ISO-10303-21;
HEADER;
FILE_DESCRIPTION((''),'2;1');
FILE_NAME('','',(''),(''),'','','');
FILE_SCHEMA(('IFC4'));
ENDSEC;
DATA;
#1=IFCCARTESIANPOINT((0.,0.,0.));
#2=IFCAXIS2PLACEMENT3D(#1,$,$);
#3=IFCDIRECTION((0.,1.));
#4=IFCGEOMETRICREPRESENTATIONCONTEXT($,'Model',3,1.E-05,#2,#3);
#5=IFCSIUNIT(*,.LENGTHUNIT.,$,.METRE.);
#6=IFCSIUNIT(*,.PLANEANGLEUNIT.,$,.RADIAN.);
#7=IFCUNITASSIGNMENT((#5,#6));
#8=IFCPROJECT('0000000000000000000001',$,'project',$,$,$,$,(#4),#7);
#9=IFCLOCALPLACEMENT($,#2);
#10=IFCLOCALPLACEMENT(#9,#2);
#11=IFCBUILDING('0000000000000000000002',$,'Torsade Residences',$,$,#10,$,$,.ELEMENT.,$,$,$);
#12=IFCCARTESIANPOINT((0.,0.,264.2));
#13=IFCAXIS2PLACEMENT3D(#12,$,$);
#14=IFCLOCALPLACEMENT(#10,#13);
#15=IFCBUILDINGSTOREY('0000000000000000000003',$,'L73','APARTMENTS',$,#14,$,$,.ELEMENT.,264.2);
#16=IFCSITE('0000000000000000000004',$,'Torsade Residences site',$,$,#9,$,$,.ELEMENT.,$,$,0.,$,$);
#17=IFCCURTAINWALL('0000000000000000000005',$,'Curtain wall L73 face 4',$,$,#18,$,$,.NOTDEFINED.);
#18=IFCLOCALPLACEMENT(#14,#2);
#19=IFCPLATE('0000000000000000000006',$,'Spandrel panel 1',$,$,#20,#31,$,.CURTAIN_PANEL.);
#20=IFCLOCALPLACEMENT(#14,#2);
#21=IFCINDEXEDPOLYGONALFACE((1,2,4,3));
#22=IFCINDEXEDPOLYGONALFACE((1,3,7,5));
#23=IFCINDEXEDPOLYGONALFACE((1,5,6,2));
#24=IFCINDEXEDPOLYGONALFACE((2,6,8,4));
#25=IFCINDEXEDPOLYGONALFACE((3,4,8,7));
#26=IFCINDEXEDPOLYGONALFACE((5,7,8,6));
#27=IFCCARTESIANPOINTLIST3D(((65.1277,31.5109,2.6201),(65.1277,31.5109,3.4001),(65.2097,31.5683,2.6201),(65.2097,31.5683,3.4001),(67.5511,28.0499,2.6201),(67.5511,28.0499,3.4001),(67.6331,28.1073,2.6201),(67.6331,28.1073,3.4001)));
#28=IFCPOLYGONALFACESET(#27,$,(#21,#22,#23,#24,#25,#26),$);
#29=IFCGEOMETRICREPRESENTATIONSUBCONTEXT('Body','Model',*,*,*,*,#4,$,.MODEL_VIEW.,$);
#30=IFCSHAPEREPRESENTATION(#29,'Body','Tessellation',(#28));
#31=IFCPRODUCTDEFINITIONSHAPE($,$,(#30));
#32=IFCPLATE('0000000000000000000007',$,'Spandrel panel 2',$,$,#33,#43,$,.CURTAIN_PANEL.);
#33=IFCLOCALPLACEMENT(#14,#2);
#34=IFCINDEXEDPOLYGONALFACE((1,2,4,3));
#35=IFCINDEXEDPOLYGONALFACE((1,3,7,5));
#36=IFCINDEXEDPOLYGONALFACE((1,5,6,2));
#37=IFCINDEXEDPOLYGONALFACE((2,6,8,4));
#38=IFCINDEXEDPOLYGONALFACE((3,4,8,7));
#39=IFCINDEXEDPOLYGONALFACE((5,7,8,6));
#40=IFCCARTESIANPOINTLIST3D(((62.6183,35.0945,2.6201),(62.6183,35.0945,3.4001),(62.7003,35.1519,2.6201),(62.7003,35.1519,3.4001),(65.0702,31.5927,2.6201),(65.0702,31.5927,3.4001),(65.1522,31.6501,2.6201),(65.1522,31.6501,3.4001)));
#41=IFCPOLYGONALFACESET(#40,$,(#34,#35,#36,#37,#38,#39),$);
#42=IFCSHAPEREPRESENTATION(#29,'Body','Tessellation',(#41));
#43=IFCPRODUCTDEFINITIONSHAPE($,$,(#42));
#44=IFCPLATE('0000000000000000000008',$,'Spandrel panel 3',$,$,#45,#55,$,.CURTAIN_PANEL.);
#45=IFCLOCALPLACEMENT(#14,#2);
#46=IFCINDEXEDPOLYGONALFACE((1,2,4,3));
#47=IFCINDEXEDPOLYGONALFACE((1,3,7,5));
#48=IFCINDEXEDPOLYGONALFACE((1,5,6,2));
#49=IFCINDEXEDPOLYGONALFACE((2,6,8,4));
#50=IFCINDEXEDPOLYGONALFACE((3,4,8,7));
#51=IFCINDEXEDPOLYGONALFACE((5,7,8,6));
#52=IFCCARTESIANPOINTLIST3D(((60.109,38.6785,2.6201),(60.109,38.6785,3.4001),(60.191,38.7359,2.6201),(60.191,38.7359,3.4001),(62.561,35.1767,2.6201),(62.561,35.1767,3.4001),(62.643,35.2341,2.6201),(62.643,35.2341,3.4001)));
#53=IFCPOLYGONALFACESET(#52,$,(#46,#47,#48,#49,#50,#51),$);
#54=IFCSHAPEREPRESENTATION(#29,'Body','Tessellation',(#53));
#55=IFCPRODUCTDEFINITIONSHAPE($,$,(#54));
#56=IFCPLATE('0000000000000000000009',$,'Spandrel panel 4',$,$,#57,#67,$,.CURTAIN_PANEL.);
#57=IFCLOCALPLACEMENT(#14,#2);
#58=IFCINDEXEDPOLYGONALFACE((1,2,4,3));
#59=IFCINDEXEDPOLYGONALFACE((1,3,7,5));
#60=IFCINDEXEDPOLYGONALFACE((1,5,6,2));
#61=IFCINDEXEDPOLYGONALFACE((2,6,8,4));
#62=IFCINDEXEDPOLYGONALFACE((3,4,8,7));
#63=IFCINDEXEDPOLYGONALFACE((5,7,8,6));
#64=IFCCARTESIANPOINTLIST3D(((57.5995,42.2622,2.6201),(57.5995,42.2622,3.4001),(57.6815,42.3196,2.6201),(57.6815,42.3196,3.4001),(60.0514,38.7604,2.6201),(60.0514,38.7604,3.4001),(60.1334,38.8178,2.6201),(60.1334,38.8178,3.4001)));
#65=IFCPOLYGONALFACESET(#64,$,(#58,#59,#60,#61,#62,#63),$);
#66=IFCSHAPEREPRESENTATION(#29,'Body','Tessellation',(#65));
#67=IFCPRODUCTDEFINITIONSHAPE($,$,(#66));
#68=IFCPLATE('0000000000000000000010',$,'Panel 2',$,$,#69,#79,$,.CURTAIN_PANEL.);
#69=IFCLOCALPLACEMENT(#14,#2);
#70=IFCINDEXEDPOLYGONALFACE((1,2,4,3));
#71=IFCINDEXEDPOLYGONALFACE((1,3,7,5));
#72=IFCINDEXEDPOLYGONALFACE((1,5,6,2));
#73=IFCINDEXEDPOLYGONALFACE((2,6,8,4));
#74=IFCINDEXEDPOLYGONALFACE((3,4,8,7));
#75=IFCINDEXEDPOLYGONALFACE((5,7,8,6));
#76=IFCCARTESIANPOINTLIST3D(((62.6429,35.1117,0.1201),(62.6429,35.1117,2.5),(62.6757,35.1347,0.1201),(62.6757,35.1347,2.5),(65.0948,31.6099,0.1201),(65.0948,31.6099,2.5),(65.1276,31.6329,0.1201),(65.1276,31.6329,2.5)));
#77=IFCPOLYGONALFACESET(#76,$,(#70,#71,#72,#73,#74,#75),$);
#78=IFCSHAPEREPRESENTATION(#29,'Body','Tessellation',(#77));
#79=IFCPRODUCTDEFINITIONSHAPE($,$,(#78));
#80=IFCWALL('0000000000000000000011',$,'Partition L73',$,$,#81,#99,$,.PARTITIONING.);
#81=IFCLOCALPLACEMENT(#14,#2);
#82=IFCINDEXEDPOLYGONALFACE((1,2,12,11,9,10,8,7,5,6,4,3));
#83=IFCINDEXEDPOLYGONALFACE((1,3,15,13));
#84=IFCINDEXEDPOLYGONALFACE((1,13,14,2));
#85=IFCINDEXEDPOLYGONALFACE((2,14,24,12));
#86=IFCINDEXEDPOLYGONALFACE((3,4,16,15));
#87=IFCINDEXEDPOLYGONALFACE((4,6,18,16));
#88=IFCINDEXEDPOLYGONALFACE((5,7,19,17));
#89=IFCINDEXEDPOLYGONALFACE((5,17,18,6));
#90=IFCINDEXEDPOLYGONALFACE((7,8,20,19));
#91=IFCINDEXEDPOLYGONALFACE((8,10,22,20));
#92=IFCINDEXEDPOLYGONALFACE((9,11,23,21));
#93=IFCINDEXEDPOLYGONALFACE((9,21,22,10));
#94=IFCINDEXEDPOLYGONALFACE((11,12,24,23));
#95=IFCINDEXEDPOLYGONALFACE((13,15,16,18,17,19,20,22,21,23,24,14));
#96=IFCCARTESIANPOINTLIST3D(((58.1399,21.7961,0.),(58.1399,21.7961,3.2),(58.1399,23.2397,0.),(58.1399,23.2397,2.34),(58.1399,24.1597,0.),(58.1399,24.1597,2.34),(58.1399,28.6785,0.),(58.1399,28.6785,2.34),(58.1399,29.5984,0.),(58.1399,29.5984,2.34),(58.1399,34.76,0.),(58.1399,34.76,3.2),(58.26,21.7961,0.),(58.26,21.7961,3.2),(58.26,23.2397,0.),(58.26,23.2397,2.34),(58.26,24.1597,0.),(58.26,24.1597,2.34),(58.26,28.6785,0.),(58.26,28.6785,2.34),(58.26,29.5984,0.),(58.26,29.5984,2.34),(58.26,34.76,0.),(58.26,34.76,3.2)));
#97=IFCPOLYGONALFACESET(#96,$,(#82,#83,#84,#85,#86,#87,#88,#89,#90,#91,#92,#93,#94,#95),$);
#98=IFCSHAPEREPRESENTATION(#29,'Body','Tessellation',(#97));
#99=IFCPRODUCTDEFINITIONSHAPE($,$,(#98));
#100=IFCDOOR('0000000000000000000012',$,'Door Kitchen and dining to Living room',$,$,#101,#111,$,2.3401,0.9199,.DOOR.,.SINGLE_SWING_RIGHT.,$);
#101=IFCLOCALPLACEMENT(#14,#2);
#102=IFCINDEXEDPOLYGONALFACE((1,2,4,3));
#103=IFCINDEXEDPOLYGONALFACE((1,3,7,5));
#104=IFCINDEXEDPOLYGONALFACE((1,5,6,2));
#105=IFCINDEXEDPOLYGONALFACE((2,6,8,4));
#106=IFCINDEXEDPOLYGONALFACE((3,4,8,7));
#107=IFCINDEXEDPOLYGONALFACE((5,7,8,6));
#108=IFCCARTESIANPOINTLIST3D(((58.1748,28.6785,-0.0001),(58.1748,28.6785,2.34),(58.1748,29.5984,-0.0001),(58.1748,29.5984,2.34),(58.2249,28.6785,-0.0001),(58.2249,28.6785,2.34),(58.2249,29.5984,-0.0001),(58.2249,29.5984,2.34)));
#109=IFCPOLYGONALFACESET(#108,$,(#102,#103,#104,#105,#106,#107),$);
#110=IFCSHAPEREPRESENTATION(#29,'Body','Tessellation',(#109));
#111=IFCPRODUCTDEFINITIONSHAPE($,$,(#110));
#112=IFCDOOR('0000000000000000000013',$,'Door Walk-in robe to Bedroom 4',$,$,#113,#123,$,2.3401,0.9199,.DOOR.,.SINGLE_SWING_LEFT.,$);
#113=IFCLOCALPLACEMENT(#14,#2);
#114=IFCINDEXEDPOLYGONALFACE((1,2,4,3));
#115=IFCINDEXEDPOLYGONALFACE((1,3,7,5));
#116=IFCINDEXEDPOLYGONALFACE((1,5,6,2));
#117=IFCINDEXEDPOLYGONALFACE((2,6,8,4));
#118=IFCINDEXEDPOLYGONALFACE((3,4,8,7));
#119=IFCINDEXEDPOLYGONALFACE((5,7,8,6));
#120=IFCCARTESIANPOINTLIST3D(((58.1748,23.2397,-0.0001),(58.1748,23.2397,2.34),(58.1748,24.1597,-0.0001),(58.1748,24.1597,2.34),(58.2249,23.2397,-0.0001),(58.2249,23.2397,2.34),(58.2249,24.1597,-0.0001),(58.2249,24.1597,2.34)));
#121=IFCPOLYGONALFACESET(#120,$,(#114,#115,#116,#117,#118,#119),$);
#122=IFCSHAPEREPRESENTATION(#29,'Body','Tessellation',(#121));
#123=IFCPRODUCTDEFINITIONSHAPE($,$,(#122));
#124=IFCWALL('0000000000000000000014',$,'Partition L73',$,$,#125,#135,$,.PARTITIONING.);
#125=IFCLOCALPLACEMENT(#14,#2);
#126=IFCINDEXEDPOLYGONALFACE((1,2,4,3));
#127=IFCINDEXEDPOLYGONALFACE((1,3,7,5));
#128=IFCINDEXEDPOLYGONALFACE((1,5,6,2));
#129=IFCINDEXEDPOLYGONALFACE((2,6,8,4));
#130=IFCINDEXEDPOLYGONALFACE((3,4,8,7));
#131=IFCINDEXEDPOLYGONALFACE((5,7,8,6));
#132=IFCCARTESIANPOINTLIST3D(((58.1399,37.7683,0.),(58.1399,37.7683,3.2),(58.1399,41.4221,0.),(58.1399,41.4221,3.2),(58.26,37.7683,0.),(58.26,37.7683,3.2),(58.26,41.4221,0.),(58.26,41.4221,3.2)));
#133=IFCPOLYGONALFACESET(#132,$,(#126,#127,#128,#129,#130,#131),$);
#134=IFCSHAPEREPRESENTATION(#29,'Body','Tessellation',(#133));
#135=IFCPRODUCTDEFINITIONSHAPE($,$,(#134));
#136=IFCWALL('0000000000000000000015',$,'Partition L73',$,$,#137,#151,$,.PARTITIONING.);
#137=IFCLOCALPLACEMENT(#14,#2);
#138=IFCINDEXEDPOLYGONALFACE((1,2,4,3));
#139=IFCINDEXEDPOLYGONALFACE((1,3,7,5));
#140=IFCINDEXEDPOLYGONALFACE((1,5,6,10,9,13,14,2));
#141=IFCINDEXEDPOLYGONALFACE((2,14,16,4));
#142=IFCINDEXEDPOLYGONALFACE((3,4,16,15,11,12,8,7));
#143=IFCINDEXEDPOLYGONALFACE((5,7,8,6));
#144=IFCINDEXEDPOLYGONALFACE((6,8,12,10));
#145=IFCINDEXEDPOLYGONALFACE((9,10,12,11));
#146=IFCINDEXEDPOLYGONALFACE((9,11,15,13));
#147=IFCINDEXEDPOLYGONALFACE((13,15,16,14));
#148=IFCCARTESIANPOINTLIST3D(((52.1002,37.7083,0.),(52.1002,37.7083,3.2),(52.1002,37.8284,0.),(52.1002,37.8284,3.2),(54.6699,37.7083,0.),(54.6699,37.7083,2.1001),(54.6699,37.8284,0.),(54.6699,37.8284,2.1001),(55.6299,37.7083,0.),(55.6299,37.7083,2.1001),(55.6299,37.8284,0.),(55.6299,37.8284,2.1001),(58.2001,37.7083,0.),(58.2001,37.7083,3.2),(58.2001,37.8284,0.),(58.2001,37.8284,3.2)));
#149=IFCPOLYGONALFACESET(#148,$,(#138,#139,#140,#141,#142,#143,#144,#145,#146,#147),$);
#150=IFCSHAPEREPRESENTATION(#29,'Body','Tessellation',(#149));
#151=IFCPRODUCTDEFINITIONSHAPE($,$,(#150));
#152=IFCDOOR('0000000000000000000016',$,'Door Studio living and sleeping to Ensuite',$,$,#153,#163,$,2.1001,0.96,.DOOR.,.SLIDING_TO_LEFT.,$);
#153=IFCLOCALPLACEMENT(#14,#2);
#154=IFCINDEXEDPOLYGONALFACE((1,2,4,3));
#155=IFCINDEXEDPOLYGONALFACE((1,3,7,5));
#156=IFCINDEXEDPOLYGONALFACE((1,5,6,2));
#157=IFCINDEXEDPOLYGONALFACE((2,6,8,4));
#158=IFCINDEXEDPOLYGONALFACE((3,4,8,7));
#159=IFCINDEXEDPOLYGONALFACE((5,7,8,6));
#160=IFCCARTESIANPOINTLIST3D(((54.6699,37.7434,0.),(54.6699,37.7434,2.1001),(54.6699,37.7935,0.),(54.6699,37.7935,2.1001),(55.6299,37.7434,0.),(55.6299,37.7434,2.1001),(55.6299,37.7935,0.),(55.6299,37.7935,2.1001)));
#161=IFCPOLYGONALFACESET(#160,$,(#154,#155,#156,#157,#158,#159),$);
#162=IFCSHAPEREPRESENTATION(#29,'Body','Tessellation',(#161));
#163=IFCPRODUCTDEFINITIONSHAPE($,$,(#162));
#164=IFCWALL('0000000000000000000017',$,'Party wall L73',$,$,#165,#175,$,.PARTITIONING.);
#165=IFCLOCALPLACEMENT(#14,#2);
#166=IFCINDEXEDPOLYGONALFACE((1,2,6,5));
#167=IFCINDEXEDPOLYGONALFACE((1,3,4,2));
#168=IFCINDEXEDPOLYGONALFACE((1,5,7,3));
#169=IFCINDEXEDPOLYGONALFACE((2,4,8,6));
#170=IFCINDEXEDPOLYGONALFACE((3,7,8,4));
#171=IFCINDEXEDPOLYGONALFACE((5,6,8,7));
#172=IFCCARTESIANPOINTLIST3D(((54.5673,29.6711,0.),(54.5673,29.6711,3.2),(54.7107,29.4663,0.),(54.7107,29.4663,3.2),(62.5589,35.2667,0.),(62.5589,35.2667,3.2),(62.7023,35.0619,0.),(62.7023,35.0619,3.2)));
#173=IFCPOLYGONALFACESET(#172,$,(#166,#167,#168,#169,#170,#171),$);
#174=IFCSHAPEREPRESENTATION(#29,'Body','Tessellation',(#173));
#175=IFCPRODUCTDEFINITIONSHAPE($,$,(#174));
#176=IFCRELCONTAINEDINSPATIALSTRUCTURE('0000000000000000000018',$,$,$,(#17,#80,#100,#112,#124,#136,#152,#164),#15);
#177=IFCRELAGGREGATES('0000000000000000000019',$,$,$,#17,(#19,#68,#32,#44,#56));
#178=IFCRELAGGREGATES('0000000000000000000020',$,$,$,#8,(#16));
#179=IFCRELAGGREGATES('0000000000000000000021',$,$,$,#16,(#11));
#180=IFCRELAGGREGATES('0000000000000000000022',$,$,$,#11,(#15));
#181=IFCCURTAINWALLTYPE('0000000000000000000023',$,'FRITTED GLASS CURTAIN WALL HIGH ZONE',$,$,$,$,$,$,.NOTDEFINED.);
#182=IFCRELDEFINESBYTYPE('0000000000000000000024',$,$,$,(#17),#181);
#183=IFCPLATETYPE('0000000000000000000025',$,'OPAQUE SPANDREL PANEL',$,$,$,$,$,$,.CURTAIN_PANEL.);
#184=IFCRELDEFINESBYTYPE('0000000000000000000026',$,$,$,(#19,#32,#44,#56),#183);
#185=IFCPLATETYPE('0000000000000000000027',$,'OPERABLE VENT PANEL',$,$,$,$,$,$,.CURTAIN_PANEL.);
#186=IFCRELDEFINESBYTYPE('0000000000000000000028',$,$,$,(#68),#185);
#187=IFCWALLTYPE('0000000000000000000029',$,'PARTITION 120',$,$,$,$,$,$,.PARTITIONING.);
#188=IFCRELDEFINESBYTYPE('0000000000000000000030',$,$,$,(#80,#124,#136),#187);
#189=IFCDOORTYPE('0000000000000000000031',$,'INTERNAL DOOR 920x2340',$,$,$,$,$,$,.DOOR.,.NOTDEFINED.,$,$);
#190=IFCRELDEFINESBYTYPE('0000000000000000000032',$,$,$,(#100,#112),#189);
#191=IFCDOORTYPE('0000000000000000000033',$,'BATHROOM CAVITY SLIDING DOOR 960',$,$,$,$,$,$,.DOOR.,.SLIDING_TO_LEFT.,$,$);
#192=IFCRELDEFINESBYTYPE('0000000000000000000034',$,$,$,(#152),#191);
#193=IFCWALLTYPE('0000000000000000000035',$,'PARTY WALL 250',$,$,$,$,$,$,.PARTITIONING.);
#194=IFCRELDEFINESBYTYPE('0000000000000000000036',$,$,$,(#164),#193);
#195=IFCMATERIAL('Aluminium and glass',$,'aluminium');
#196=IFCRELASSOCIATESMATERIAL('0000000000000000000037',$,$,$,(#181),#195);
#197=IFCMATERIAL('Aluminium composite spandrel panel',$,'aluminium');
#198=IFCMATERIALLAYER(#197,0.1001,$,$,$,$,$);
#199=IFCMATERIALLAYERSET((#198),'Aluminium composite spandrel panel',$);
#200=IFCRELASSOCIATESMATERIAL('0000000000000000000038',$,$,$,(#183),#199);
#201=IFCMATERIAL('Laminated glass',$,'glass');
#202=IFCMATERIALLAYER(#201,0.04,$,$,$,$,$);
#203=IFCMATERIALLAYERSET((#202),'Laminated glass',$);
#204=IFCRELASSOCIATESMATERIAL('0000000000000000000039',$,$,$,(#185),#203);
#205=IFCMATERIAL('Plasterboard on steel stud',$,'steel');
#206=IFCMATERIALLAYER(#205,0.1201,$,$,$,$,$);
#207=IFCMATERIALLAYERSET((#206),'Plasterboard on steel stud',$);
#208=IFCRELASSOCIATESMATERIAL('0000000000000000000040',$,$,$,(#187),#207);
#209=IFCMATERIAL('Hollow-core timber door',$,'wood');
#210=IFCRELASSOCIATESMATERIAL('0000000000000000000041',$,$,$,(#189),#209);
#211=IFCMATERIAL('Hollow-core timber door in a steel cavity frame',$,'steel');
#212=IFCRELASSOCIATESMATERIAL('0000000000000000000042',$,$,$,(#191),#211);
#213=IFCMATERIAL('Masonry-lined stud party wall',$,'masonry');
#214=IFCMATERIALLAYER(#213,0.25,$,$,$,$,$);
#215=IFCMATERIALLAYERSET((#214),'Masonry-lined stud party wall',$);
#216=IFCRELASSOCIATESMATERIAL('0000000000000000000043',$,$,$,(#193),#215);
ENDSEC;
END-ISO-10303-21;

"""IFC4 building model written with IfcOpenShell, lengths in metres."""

from ifc_helpers import new_model, si_unit, direction, frame, frame_2d, origin, origin_2d, place, context, subcontext, project, spatial, rectangle, extrude, material, layer, layer_set, type_object, element, fill, aggregate, save


model = new_model("IFC4")

# Units and contexts
model_context = context("Model", 3, precision=1e-05, world=origin(), true_north=direction((0.0, 1.0)))
body_context = subcontext(model_context, "Body", "Model", "MODEL_VIEW")
ifc_project = project(units=[si_unit("LENGTHUNIT", "METRE"), si_unit("PLANEANGLEUNIT", "RADIAN")], contexts=[model_context])

# Site, building, storey
site_placement = place(None, origin())
site = spatial("IfcSite", under=ifc_project, at=site_placement, Name="Torsade Residences site", CompositionType="ELEMENT", RefElevation=0.0)
building_placement = place(site_placement, origin())
building = spatial("IfcBuilding", under=site, at=building_placement, Name="Torsade Residences", CompositionType="ELEMENT")
storey_placement = place(building_placement, frame((0.0, 0.0, 264.2)))
storey = spatial("IfcBuildingStorey", under=building, at=storey_placement, Name="L73", Description="APARTMENTS", CompositionType="ELEMENT", Elevation=264.2)

# Curtain wall
ifc_material_1 = material(Name="Aluminium and glass", Category="aluminium")
curtain_wall_type = type_object("IfcCurtainWallType", Name="FRITTED GLASS CURTAIN WALL HIGH ZONE", PredefinedType="NOTDEFINED", material=ifc_material_1)
curtain_wall_placement = place(storey_placement, origin())
curtain_wall = element("IfcCurtainWall", 1, at=curtain_wall_placement, inside=storey, type_object=curtain_wall_type, Name="Curtain wall L73 face 4", PredefinedType="NOTDEFINED")

# Plates
ifc_material_2 = material(Name="Aluminium composite spandrel panel", Category="aluminium")
ifc_layer_1 = layer(ifc_material_2, 0.1001)
ifc_layer_set_1 = layer_set([ifc_layer_1], Name="Aluminium composite spandrel panel")
plate_type_1 = type_object("IfcPlateType", Name="OPAQUE SPANDREL PANEL", PredefinedType="CURTAIN_PANEL", material=ifc_layer_set_1)
plate_1_placement = place(storey_placement, frame((66.3804, 29.8091, 2.6201), z_axis=(0.0, 0.0, 1.0), x_axis=(-0.573576, 0.819152, 0.0)))
plate_1 = element("IfcPlate", 2, at=plate_1_placement, type_object=plate_type_1, Name="Spandrel panel 1", PredefinedType="CURTAIN_PANEL", context=body_context, shape_type="SweptSolid", body=[
    extrude(rectangle(XDim=4.2251, YDim=0.1001, at=origin_2d()), origin(), (0.0, 0.0, 1.0), 0.78),
])
plate_2_placement = place(storey_placement, frame((63.8853, 33.3723, 2.6201), z_axis=(0.0, 0.0, 1.0), x_axis=(-0.573576, 0.819152, 0.0)))
plate_2 = element("IfcPlate", 3, at=plate_2_placement, type_object=plate_type_1, Name="Spandrel panel 2", PredefinedType="CURTAIN_PANEL", context=body_context, shape_type="SweptSolid", body=[
    extrude(rectangle(XDim=4.2749, YDim=0.1001, at=origin_2d()), origin(), (0.0, 0.0, 1.0), 0.78),
])
plate_3_placement = place(storey_placement, frame((61.376, 36.9563, 2.6201), z_axis=(0.0, 0.0, 1.0), x_axis=(-0.573576, 0.819152, 0.0)))
plate_3 = element("IfcPlate", 4, at=plate_3_placement, type_object=plate_type_1, Name="Spandrel panel 3", PredefinedType="CURTAIN_PANEL", context=body_context, shape_type="SweptSolid", body=[
    extrude(rectangle(XDim=4.2749, YDim=0.1001, at=origin_2d()), origin(), (0.0, 0.0, 1.0), 0.78),
])
plate_4_placement = place(storey_placement, frame((58.8665, 40.54, 2.6201), z_axis=(0.0, 0.0, 1.0), x_axis=(-0.573576, 0.819152, 0.0)))
plate_4 = element("IfcPlate", 5, at=plate_4_placement, type_object=plate_type_1, Name="Spandrel panel 4", PredefinedType="CURTAIN_PANEL", context=body_context, shape_type="SweptSolid", body=[
    extrude(rectangle(XDim=4.2749, YDim=0.1001, at=origin_2d()), origin(), (0.0, 0.0, 1.0), 0.78),
])
ifc_material_3 = material(Name="Laminated glass", Category="glass")
ifc_layer_2 = layer(ifc_material_3, 0.04)
ifc_layer_set_2 = layer_set([ifc_layer_2], Name="Laminated glass")
plate_type_2 = type_object("IfcPlateType", Name="OPERABLE VENT PANEL", PredefinedType="CURTAIN_PANEL", material=ifc_layer_set_2)
plate_5_placement = place(storey_placement, frame((63.8853, 33.3723, 0.1201), z_axis=(0.0, 0.0, 1.0), x_axis=(-0.573576, 0.819152, 0.0)))
plate_5 = element("IfcPlate", 6, at=plate_5_placement, type_object=plate_type_2, Name="Panel 2", PredefinedType="CURTAIN_PANEL", context=body_context, shape_type="SweptSolid", body=[
    extrude(rectangle(XDim=4.2749, YDim=0.04, at=origin_2d()), origin(), (0.0, 0.0, 1.0), 2.3799),
])
aggregate(curtain_wall, [plate_1, plate_5, plate_2, plate_3, plate_4])

# Wall, openings, doors
ifc_material_4 = material(Name="Plasterboard on steel stud", Category="steel")
ifc_layer_3 = layer(ifc_material_4, 0.1201)
ifc_layer_set_3 = layer_set([ifc_layer_3], Name="Plasterboard on steel stud")
wall_type_1 = type_object("IfcWallType", Name="PARTITION 120", PredefinedType="PARTITIONING", material=ifc_layer_set_3)
wall_1_placement = place(storey_placement, frame((58.2, 34.76, 0.0), z_axis=(0.0, 0.0, 1.0), x_axis=(0.0, -1.0, 0.0)))
wall_1 = element("IfcWall", 7, at=wall_1_placement, inside=storey, type_object=wall_type_1, Name="Partition L73", PredefinedType="PARTITIONING", context=body_context, shape_type="SweptSolid", body=[
    extrude(rectangle(XDim=12.9639, YDim=0.1201, at=frame_2d((6.4819, 0.0))), origin(), (0.0, 0.0, 1.0), 3.2),
])
opening_1_placement = place(wall_1_placement, frame((5.1616, 0.0, 0.0)))
opening_1 = element("IfcOpeningElement", 8, at=opening_1_placement, cuts=wall_1, PredefinedType="OPENING", context=body_context, shape_type="SweptSolid", body=[
    extrude(rectangle(XDim=0.9199, YDim=2.3401, at=frame_2d((0.46, 1.1699))), frame((0.0, 0.0701, 0.0), z_axis=(0.0, -1.0, 0.0), x_axis=(1.0, 0.0, 0.0)), (0.0, 0.0, 1.0), 0.1401),
])
opening_2_placement = place(wall_1_placement, frame((10.6003, 0.0, 0.0)))
opening_2 = element("IfcOpeningElement", 9, at=opening_2_placement, cuts=wall_1, PredefinedType="OPENING", context=body_context, shape_type="SweptSolid", body=[
    extrude(rectangle(XDim=0.9199, YDim=2.3401, at=frame_2d((0.46, 1.1699))), frame((0.0, 0.0701, 0.0), z_axis=(0.0, -1.0, 0.0), x_axis=(1.0, 0.0, 0.0)), (0.0, 0.0, 1.0), 0.1401),
])
ifc_material_5 = material(Name="Hollow-core timber door", Category="wood")
door_type_1 = type_object("IfcDoorType", Name="INTERNAL DOOR 920x2340", OperationType="NOTDEFINED", PredefinedType="DOOR", material=ifc_material_5)
door_1_placement = place(opening_1_placement, origin())
door_1 = element("IfcDoor", 10, at=door_1_placement, inside=storey, type_object=door_type_1, Name="Door Kitchen and dining to Living room", OperationType="SINGLE_SWING_RIGHT", OverallHeight=2.3401, OverallWidth=0.9199, PredefinedType="DOOR", context=body_context, shape_type="SweptSolid", body=[
    extrude(rectangle(XDim=0.9199, YDim=2.3401, at=frame_2d((0.46, 1.1699))), frame((0.0, 0.0249, 0.0), z_axis=(0.0, -1.0, 0.0), x_axis=(1.0, 0.0, 0.0)), (0.0, 0.0, 1.0), 0.05),
])
fill(opening_1, door_1)
door_2_placement = place(opening_2_placement, origin())
door_2 = element("IfcDoor", 11, at=door_2_placement, inside=storey, type_object=door_type_1, Name="Door Walk-in robe to Bedroom 4", OperationType="SINGLE_SWING_LEFT", OverallHeight=2.3401, OverallWidth=0.9199, PredefinedType="DOOR", context=body_context, shape_type="SweptSolid", body=[
    extrude(rectangle(XDim=0.9199, YDim=2.3401, at=frame_2d((0.46, 1.1699))), frame((0.0, 0.0249, 0.0), z_axis=(0.0, -1.0, 0.0), x_axis=(1.0, 0.0, 0.0)), (0.0, 0.0, 1.0), 0.05),
])
fill(opening_2, door_2)

# Wall
wall_2_placement = place(storey_placement, frame((58.2, 41.4221, 0.0), z_axis=(0.0, 0.0, 1.0), x_axis=(0.0, -1.0, 0.0)))
element("IfcWall", 12, at=wall_2_placement, inside=storey, type_object=wall_type_1, Name="Partition L73", PredefinedType="PARTITIONING", context=body_context, shape_type="SweptSolid", body=[
    extrude(rectangle(XDim=3.6538, YDim=0.1201, at=frame_2d((1.8269, 0.0))), origin(), (0.0, 0.0, 1.0), 3.2),
])

# Wall, opening, door
wall_3_placement = place(storey_placement, frame((58.2, 37.7683, 0.0), z_axis=(0.0, 0.0, 1.0), x_axis=(-1.0, 0.0, 0.0)))
wall_3 = element("IfcWall", 13, at=wall_3_placement, inside=storey, type_object=wall_type_1, Name="Partition L73", PredefinedType="PARTITIONING", context=body_context, shape_type="SweptSolid", body=[
    extrude(rectangle(XDim=6.0999, YDim=0.1201, at=frame_2d((3.0498, 0.0))), origin(), (0.0, 0.0, 1.0), 3.2),
])
opening_3_placement = place(wall_3_placement, frame((2.5701, 0.0, 0.0)))
opening_3 = element("IfcOpeningElement", 14, at=opening_3_placement, cuts=wall_3, PredefinedType="OPENING", context=body_context, shape_type="SweptSolid", body=[
    extrude(rectangle(XDim=0.96, YDim=2.1001, at=frame_2d((0.48, 1.05))), frame((0.0, 0.0701, 0.0), z_axis=(0.0, -1.0, 0.0), x_axis=(1.0, 0.0, 0.0)), (0.0, 0.0, 1.0), 0.1401),
])
ifc_material_6 = material(Name="Hollow-core timber door in a steel cavity frame", Category="steel")
door_type_2 = type_object("IfcDoorType", Name="BATHROOM CAVITY SLIDING DOOR 960", OperationType="SLIDING_TO_LEFT", PredefinedType="DOOR", material=ifc_material_6)
door_3_placement = place(opening_3_placement, origin())
door_3 = element("IfcDoor", 15, at=door_3_placement, inside=storey, type_object=door_type_2, Name="Door Studio living and sleeping to Ensuite", OperationType="SLIDING_TO_LEFT", OverallHeight=2.1001, OverallWidth=0.96, PredefinedType="DOOR", context=body_context, shape_type="SweptSolid", body=[
    extrude(rectangle(XDim=0.96, YDim=2.1001, at=frame_2d((0.48, 1.05))), frame((0.0, 0.0249, 0.0), z_axis=(0.0, -1.0, 0.0), x_axis=(1.0, 0.0, 0.0)), (0.0, 0.0, 1.0), 0.05),
])
fill(opening_3, door_3)

# Wall
ifc_material_7 = material(Name="Masonry-lined stud party wall", Category="masonry")
ifc_layer_4 = layer(ifc_material_7, 0.25)
ifc_layer_set_4 = layer_set([ifc_layer_4], Name="Masonry-lined stud party wall")
wall_type_2 = type_object("IfcWallType", Name="PARTY WALL 250", PredefinedType="PARTITIONING", material=ifc_layer_set_4)
wall_4_placement = place(storey_placement, frame((62.6306, 35.1643, 0.0), z_axis=(0.0, 0.0, 1.0), x_axis=(-0.819159, -0.573566, 0.0)))
element("IfcWall", 16, at=wall_4_placement, inside=storey, type_object=wall_type_2, Name="Party wall L73", PredefinedType="PARTITIONING", context=body_context, shape_type="SweptSolid", body=[
    extrude(rectangle(XDim=9.7559, YDim=0.25, at=frame_2d((4.8779, 0.0))), origin(), (0.0, 0.0, 1.0), 3.2),
])

save(model, "model.ifc")
